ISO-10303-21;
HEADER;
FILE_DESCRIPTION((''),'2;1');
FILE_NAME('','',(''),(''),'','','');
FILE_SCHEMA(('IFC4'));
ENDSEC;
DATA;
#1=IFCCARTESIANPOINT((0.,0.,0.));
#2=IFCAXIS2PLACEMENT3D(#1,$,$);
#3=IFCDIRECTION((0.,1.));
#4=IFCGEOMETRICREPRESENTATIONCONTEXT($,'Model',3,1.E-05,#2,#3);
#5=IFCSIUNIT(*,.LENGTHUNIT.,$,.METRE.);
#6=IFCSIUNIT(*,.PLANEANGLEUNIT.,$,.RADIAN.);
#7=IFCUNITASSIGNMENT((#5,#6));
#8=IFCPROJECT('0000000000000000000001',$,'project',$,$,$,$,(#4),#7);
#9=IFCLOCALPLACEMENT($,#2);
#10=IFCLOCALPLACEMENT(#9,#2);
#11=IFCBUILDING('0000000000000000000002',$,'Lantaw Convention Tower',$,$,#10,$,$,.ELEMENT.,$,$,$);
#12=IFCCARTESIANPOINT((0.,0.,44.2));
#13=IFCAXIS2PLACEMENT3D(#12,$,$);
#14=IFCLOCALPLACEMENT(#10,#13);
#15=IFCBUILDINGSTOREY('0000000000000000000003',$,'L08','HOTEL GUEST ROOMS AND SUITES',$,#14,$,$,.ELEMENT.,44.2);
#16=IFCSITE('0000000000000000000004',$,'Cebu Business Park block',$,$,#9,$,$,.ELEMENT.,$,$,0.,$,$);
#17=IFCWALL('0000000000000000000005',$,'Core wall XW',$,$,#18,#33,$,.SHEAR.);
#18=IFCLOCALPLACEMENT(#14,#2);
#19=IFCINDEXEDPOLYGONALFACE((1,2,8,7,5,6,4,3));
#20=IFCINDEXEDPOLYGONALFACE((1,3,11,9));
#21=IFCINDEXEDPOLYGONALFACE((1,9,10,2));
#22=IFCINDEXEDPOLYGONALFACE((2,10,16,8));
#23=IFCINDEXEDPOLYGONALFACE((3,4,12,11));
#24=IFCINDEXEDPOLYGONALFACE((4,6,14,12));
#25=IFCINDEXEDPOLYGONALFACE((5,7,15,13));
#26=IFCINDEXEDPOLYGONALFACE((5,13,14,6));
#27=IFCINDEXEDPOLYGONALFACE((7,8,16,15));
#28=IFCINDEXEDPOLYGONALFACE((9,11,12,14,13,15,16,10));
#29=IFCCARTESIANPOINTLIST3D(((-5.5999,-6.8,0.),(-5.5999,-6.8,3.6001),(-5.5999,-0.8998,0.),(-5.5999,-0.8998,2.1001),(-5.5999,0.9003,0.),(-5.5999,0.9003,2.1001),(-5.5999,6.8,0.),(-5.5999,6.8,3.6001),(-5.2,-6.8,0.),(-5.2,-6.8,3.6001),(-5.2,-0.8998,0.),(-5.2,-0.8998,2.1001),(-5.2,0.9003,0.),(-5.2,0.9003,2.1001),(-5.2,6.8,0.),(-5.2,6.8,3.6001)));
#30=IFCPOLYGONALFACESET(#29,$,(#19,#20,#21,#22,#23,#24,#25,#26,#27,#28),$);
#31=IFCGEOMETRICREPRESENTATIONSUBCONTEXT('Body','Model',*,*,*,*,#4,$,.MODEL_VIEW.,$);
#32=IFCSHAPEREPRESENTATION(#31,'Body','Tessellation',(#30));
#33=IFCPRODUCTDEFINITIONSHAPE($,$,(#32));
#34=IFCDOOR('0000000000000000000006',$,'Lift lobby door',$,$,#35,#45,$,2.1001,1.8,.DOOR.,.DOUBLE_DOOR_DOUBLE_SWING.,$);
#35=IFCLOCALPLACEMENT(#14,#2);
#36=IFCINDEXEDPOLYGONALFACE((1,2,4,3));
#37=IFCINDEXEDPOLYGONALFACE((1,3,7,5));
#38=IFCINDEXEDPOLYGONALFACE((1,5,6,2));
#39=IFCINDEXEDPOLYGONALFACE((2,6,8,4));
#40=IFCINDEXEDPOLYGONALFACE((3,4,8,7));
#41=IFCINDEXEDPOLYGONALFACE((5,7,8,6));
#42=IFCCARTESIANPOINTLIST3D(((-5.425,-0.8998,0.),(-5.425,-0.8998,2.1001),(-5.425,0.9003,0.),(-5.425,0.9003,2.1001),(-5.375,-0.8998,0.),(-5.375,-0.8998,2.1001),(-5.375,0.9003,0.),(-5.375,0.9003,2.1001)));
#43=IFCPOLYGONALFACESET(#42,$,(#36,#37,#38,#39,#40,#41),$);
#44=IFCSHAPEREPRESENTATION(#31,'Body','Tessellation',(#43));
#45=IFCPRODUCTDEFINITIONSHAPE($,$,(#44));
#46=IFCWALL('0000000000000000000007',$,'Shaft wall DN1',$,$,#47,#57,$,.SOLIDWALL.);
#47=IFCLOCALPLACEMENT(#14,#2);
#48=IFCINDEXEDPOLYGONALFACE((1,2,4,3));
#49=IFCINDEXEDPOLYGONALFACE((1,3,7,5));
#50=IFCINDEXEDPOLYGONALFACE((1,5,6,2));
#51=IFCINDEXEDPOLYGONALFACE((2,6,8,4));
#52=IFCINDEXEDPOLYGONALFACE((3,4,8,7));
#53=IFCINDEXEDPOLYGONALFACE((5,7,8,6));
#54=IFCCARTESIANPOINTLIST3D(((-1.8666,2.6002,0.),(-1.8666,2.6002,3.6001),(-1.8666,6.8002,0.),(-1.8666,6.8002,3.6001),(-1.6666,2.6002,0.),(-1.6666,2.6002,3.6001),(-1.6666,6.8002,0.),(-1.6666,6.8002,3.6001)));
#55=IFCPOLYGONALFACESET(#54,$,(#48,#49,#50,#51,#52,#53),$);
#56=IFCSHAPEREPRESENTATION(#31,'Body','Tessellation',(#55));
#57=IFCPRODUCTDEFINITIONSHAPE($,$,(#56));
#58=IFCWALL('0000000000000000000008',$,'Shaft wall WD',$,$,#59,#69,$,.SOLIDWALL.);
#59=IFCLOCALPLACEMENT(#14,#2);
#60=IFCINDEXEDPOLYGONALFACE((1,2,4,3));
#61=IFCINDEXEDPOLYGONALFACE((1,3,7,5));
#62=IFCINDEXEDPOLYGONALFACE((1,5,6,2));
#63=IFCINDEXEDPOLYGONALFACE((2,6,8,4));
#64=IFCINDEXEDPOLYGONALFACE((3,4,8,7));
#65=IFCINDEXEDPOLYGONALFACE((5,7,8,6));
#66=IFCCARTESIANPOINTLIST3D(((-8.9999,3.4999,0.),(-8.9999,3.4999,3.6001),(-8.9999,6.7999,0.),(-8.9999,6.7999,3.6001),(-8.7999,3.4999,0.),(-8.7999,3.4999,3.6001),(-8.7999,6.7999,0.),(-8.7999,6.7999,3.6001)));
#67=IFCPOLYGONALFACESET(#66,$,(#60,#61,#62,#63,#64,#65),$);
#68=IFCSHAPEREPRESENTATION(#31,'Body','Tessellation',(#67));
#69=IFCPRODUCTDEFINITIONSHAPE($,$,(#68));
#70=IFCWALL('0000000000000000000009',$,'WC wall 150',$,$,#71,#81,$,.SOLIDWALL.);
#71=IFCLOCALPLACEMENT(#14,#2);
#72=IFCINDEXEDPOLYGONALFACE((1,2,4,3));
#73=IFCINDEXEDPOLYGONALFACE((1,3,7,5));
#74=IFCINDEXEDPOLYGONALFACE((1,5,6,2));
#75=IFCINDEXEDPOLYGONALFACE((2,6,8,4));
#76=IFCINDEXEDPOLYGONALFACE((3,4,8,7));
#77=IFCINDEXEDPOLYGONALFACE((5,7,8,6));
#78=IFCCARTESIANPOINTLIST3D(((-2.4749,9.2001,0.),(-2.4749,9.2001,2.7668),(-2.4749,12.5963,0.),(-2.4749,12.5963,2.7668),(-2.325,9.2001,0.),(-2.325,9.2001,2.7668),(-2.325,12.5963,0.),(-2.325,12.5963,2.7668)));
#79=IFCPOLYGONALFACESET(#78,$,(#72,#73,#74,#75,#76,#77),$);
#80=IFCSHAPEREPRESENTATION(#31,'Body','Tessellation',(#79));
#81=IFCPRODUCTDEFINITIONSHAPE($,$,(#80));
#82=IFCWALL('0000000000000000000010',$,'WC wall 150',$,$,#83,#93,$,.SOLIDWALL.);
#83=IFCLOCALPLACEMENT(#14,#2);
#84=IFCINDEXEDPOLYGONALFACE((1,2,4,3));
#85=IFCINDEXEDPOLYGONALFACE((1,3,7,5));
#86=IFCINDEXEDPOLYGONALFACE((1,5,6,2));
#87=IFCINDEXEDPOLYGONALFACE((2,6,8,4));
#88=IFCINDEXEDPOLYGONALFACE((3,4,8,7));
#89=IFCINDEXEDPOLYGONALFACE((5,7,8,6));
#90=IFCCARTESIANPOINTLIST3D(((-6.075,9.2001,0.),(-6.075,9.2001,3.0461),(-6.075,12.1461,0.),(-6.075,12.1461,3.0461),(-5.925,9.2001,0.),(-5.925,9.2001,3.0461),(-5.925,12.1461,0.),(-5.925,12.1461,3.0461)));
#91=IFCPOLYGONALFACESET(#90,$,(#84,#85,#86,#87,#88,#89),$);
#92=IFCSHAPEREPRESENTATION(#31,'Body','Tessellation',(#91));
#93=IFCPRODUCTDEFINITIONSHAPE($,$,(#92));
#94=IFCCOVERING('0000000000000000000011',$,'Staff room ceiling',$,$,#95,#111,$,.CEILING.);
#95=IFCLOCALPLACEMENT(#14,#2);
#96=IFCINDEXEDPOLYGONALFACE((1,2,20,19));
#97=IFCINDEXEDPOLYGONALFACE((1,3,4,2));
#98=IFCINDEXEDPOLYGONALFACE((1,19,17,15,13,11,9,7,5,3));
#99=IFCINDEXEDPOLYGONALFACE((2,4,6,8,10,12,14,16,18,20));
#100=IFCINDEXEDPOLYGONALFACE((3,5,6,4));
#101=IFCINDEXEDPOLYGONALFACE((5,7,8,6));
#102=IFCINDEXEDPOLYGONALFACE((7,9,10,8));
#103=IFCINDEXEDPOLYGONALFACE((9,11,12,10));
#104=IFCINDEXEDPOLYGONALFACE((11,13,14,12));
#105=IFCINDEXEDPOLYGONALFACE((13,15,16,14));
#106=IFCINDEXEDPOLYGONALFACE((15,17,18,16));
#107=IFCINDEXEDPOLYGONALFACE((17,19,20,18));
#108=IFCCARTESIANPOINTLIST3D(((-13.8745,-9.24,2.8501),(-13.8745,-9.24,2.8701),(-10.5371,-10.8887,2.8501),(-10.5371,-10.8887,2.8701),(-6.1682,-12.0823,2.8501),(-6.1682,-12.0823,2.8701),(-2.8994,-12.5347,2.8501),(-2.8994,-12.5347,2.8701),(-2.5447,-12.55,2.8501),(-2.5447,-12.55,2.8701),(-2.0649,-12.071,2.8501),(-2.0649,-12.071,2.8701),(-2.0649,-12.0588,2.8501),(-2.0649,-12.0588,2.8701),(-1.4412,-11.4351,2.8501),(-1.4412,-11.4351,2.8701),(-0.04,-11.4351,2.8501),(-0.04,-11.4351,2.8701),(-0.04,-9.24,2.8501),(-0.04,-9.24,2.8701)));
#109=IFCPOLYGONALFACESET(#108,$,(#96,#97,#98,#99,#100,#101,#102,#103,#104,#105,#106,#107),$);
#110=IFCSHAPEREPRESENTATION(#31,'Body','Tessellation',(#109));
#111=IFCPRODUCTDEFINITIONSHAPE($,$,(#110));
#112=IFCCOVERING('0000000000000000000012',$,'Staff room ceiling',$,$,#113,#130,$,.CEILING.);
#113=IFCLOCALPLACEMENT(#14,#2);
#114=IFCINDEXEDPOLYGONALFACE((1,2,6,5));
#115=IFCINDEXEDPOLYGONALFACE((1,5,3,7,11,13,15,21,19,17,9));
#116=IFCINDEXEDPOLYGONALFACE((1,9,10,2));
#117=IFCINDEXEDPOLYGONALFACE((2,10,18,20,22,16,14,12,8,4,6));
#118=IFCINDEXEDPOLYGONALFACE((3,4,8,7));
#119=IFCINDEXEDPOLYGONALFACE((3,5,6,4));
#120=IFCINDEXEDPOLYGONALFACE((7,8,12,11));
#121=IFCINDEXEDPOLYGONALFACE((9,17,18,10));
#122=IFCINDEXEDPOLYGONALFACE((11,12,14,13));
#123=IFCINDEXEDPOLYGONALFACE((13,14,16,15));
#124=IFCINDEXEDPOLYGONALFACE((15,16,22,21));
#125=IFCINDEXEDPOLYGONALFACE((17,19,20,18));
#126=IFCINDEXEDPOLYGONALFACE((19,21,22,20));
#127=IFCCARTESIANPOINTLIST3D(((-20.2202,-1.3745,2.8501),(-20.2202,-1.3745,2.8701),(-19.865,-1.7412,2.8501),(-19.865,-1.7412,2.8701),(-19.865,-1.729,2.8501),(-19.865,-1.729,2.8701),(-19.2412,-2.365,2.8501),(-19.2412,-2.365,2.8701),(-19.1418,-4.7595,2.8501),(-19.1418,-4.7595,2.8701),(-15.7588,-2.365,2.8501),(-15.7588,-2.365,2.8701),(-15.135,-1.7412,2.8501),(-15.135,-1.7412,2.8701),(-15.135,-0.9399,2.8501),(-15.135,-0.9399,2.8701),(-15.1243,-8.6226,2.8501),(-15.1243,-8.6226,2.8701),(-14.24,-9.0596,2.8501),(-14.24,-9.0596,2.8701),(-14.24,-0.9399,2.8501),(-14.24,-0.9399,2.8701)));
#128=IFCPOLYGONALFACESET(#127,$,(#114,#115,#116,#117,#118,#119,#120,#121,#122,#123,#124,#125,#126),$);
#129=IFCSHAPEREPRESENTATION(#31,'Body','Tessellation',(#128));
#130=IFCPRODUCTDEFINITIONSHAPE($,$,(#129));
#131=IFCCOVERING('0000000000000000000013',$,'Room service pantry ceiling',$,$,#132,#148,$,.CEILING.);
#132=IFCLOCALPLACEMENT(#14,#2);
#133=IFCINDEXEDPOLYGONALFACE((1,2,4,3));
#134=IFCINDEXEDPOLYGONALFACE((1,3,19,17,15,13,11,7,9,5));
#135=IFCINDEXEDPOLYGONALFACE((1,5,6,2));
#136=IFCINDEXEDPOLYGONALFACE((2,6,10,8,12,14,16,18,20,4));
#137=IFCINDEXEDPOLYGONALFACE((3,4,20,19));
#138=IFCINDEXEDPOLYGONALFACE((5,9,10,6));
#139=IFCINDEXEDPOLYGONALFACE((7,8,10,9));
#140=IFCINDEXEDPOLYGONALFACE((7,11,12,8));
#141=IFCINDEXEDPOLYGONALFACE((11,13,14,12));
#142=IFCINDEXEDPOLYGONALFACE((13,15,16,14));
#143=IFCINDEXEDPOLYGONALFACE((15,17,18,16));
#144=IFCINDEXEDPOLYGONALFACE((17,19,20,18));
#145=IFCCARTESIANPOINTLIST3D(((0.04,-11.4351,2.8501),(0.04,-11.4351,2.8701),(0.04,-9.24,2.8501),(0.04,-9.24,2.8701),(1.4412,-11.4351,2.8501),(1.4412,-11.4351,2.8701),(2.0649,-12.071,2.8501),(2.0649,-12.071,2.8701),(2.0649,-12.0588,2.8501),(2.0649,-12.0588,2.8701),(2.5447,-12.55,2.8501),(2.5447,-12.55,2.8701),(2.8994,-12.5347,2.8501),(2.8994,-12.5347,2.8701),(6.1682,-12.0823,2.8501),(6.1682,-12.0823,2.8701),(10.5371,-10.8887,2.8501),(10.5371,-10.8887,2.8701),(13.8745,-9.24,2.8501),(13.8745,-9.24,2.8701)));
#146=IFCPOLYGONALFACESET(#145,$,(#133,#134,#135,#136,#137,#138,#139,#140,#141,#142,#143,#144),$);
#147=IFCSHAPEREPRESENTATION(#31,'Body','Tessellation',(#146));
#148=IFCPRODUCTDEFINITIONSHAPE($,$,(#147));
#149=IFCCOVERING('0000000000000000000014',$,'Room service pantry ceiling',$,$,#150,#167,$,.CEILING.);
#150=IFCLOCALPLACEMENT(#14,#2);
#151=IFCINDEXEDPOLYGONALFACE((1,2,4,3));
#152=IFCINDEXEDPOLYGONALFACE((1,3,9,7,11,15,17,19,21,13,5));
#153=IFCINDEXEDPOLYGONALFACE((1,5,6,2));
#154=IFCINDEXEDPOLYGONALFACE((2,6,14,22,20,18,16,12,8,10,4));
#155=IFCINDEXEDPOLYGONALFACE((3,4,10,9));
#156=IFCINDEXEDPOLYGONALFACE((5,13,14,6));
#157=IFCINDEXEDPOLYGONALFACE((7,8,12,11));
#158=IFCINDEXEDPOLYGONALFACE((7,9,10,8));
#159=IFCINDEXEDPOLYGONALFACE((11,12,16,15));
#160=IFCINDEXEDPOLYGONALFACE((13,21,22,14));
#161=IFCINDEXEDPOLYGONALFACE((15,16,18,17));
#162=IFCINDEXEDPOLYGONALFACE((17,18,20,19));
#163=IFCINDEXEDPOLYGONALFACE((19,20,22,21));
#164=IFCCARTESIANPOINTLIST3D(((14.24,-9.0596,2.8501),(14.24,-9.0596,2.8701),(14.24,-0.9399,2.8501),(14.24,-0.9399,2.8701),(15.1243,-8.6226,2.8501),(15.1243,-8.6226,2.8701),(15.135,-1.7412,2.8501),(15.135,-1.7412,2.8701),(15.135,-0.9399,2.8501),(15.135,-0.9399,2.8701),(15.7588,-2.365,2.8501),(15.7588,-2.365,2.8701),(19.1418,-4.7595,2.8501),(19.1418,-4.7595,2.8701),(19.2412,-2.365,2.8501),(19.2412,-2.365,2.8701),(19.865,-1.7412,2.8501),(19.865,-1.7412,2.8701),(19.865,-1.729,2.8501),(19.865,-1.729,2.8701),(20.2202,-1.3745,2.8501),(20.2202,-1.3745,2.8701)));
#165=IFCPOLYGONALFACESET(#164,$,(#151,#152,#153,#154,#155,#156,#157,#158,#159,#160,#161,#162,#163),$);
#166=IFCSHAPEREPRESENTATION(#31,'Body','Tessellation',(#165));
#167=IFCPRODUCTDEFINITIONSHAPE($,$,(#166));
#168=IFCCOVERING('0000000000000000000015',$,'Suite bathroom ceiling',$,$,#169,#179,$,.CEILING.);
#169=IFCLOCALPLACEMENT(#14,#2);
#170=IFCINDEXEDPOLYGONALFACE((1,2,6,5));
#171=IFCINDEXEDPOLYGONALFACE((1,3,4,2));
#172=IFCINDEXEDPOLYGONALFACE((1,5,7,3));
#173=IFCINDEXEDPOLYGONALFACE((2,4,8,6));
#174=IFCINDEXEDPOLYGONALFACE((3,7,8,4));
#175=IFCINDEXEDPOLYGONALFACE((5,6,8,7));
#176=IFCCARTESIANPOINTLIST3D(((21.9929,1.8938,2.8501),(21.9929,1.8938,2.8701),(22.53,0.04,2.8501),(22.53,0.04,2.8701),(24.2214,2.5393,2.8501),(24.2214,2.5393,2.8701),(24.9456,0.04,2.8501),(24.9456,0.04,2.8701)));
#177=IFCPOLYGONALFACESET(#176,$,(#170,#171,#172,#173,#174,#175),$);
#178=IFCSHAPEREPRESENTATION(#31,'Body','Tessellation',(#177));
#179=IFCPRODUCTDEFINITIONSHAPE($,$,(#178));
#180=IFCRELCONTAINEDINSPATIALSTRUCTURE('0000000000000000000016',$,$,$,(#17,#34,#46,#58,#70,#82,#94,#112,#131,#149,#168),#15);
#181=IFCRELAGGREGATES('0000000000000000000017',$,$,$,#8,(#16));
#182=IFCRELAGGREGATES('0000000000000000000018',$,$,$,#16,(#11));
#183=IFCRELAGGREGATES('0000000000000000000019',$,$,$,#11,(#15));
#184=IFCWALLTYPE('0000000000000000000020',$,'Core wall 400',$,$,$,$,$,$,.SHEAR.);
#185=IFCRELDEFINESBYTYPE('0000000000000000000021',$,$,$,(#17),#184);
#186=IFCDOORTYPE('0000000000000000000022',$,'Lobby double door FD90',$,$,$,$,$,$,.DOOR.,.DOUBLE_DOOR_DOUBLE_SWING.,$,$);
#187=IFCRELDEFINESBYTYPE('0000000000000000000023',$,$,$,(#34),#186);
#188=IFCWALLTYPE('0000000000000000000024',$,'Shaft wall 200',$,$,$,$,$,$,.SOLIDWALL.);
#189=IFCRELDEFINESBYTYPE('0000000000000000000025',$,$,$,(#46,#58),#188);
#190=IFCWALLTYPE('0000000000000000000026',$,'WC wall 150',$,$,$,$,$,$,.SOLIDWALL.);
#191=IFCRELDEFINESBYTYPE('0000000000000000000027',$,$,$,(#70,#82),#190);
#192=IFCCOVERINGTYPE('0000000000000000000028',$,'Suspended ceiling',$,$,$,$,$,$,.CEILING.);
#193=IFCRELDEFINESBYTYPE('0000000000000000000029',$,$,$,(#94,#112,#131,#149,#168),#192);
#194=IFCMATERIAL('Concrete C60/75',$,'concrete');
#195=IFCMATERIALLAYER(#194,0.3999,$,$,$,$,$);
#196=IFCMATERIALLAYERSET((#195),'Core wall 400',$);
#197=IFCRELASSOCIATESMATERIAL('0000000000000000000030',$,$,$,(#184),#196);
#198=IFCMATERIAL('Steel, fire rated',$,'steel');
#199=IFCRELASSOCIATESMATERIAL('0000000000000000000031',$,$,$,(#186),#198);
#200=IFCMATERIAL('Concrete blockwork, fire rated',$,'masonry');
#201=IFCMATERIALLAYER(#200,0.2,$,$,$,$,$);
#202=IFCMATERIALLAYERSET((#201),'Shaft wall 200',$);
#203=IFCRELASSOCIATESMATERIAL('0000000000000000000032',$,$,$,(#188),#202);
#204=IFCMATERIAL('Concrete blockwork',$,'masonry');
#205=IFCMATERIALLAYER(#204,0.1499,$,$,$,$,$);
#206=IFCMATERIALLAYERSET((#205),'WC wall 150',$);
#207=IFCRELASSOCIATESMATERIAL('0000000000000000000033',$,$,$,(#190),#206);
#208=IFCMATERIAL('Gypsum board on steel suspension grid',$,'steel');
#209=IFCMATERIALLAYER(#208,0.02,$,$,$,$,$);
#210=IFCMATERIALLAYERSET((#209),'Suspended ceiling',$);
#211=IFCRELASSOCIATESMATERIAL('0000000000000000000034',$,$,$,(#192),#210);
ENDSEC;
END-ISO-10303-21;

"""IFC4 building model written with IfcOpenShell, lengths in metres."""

from ifc_helpers import new_model, si_unit, direction, frame, frame_2d, origin, place, context, subcontext, project, spatial, polyline, rectangle, outline, extrude, material, layer, layer_set, type_object, element, fill, save


model = new_model("IFC4")

# Units and contexts
model_context = context("Model", 3, precision=1e-05, world=origin(), true_north=direction((0.0, 1.0)))
body_context = subcontext(model_context, "Body", "Model", "MODEL_VIEW")
ifc_project = project(units=[si_unit("LENGTHUNIT", "METRE"), si_unit("PLANEANGLEUNIT", "RADIAN")], contexts=[model_context])

# Site, building, storey
site_placement = place(None, origin())
site = spatial("IfcSite", under=ifc_project, at=site_placement, Name="Cebu Business Park block", CompositionType="ELEMENT", RefElevation=0.0)
building_placement = place(site_placement, origin())
building = spatial("IfcBuilding", under=site, at=building_placement, Name="Lantaw Convention Tower", CompositionType="ELEMENT")
storey_placement = place(building_placement, frame((0.0, 0.0, 44.2)))
storey = spatial("IfcBuildingStorey", under=building, at=storey_placement, Name="L08", Description="HOTEL GUEST ROOMS AND SUITES", CompositionType="ELEMENT", Elevation=44.2)

# Wall, opening, door
ifc_material_1 = material(Name="Concrete C60/75", Category="concrete")
ifc_layer_1 = layer(ifc_material_1, 0.3999)
ifc_layer_set_1 = layer_set([ifc_layer_1], Name="Core wall 400")
wall_type_1 = type_object("IfcWallType", Name="Core wall 400", PredefinedType="SHEAR", material=ifc_layer_set_1)
wall_1_placement = place(storey_placement, frame((-5.3999, 6.8, 0.0), z_axis=(0.0, 0.0, 1.0), x_axis=(0.0, -1.0, 0.0)))
wall_1 = element("IfcWall", 1, at=wall_1_placement, inside=storey, type_object=wall_type_1, Name="Core wall XW", PredefinedType="SHEAR", context=body_context, shape_type="SweptSolid", body=[
    extrude(rectangle(XDim=13.6001, YDim=0.3999, at=frame_2d((6.8, 0.0))), origin(), (0.0, 0.0, 1.0), 3.6001),
])
opening_placement = place(wall_1_placement, frame((5.8999, 0.0, 0.0)))
opening = element("IfcOpeningElement", 2, at=opening_placement, cuts=wall_1, PredefinedType="OPENING", context=body_context, shape_type="SweptSolid", body=[
    extrude(rectangle(XDim=1.8, YDim=2.1001, at=frame_2d((0.8999, 1.05))), frame((0.0, 0.21, 0.0), z_axis=(0.0, -1.0, 0.0), x_axis=(1.0, 0.0, 0.0)), (0.0, 0.0, 1.0), 0.4199),
])
ifc_material_2 = material(Name="Steel, fire rated", Category="steel")
door_type = type_object("IfcDoorType", Name="Lobby double door FD90", OperationType="DOUBLE_DOOR_DOUBLE_SWING", PredefinedType="DOOR", material=ifc_material_2)
door_placement = place(opening_placement, origin())
door = element("IfcDoor", 3, at=door_placement, inside=storey, type_object=door_type, Name="Lift lobby door", OperationType="DOUBLE_DOOR_DOUBLE_SWING", OverallHeight=2.1001, OverallWidth=1.8, PredefinedType="DOOR", context=body_context, shape_type="SweptSolid", body=[
    extrude(rectangle(XDim=1.8, YDim=2.1001, at=frame_2d((0.8999, 1.05))), frame((0.0, 0.0249, 0.0), z_axis=(0.0, -1.0, 0.0), x_axis=(1.0, 0.0, 0.0)), (0.0, 0.0, 1.0), 0.05),
])
fill(opening, door)

# Walls
ifc_material_3 = material(Name="Concrete blockwork, fire rated", Category="masonry")
ifc_layer_2 = layer(ifc_material_3, 0.2)
ifc_layer_set_2 = layer_set([ifc_layer_2], Name="Shaft wall 200")
wall_type_2 = type_object("IfcWallType", Name="Shaft wall 200", PredefinedType="SOLIDWALL", material=ifc_layer_set_2)
wall_2_placement = place(storey_placement, frame((-1.7666, 2.6001, 0.0), z_axis=(0.0, 0.0, 1.0), x_axis=(0.0, 1.0, 0.0)))
element("IfcWall", 4, at=wall_2_placement, inside=storey, type_object=wall_type_2, Name="Shaft wall DN1", PredefinedType="SOLIDWALL", context=body_context, shape_type="SweptSolid", body=[
    extrude(rectangle(XDim=4.2, YDim=0.2, at=frame_2d((2.1001, 0.0))), origin(), (0.0, 0.0, 1.0), 3.6001),
])
wall_3_placement = place(storey_placement, frame((-8.8999, 3.5, 0.0), z_axis=(0.0, 0.0, 1.0), x_axis=(0.0, 1.0, 0.0)))
element("IfcWall", 5, at=wall_3_placement, inside=storey, type_object=wall_type_2, Name="Shaft wall WD", PredefinedType="SOLIDWALL", context=body_context, shape_type="SweptSolid", body=[
    extrude(rectangle(XDim=3.3, YDim=0.2, at=frame_2d((1.6499, 0.0))), origin(), (0.0, 0.0, 1.0), 3.6001),
])
ifc_material_4 = material(Name="Concrete blockwork", Category="masonry")
ifc_layer_3 = layer(ifc_material_4, 0.1499)
ifc_layer_set_3 = layer_set([ifc_layer_3], Name="WC wall 150")
wall_type_3 = type_object("IfcWallType", Name="WC wall 150", PredefinedType="SOLIDWALL", material=ifc_layer_set_3)
wall_4_placement = place(storey_placement, frame((-2.3999, 9.2, 0.0), z_axis=(0.0, 0.0, 1.0), x_axis=(0.0, 1.0, 0.0)))
element("IfcWall", 6, at=wall_4_placement, inside=storey, type_object=wall_type_3, Name="WC wall 150", PredefinedType="SOLIDWALL", context=body_context, shape_type="SweptSolid", body=[
    extrude(rectangle(XDim=3.3962, YDim=0.1499, at=frame_2d((1.6982, 0.0))), origin(), (0.0, 0.0, 1.0), 2.7668),
])
wall_5_placement = place(storey_placement, frame((-6.0, 9.2, 0.0), z_axis=(0.0, 0.0, 1.0), x_axis=(0.0, 1.0, 0.0)))
element("IfcWall", 7, at=wall_5_placement, inside=storey, type_object=wall_type_3, Name="WC wall 150", PredefinedType="SOLIDWALL", context=body_context, shape_type="SweptSolid", body=[
    extrude(rectangle(XDim=2.946, YDim=0.1499, at=frame_2d((1.4731, 0.0))), origin(), (0.0, 0.0, 1.0), 3.0461),
])

# Coverings
ifc_material_5 = material(Name="Gypsum board on steel suspension grid", Category="steel")
ifc_layer_4 = layer(ifc_material_5, 0.02)
ifc_layer_set_4 = layer_set([ifc_layer_4], Name="Suspended ceiling")
covering_type = type_object("IfcCoveringType", Name="Suspended ceiling", PredefinedType="CEILING", material=ifc_layer_set_4)
covering_1_placement = place(storey_placement, frame((0.0, 0.0, 2.8501)))
element("IfcCovering", 8, at=covering_1_placement, inside=storey, type_object=covering_type, Name="Staff room ceiling", PredefinedType="CEILING", context=body_context, shape_type="SweptSolid", body=[
    extrude(outline(polyline([(-10.5371, -10.8887), (-6.1682, -12.0823), (-2.8994, -12.5347), (-2.5447, -12.55), (-2.0649, -12.071), (-2.0649, -12.0588), (-1.4412, -11.4351), (-0.04, -11.4351), (-0.04, -9.24), (-13.8745, -9.24), (-10.5371, -10.8887)])), origin(), (0.0, 0.0, 1.0), 0.02),
])
covering_2_placement = place(storey_placement, frame((0.0, 0.0, 2.8501)))
element("IfcCovering", 9, at=covering_2_placement, inside=storey, type_object=covering_type, Name="Staff room ceiling", PredefinedType="CEILING", context=body_context, shape_type="SweptSolid", body=[
    extrude(outline(polyline([(-19.865, -1.7412), (-19.865, -1.729), (-20.2202, -1.3745), (-19.1418, -4.7595), (-15.1243, -8.6226), (-14.24, -9.0596), (-14.24, -0.9399), (-15.135, -0.9399), (-15.135, -1.7412), (-15.7588, -2.365), (-19.2412, -2.365), (-19.865, -1.7412)])), origin(), (0.0, 0.0, 1.0), 0.02),
])
covering_3_placement = place(storey_placement, frame((0.0, 0.0, 2.8501)))
element("IfcCovering", 10, at=covering_3_placement, inside=storey, type_object=covering_type, Name="Room service pantry ceiling", PredefinedType="CEILING", context=body_context, shape_type="SweptSolid", body=[
    extrude(outline(polyline([(2.0649, -12.071), (2.5447, -12.55), (2.8994, -12.5347), (6.1682, -12.0823), (10.5371, -10.8887), (13.8745, -9.24), (0.04, -9.24), (0.04, -11.4351), (1.4412, -11.4351), (2.0649, -12.0588), (2.0649, -12.071)])), origin(), (0.0, 0.0, 1.0), 0.02),
])
covering_4_placement = place(storey_placement, frame((0.0, 0.0, 2.8501)))
element("IfcCovering", 11, at=covering_4_placement, inside=storey, type_object=covering_type, Name="Room service pantry ceiling", PredefinedType="CEILING", context=body_context, shape_type="SweptSolid", body=[
    extrude(outline(polyline([(14.24, -0.9399), (14.24, -9.0596), (15.1243, -8.6226), (19.1418, -4.7595), (20.2202, -1.3745), (19.865, -1.729), (19.865, -1.7412), (19.2412, -2.365), (15.7588, -2.365), (15.135, -1.7412), (15.135, -0.9399), (14.24, -0.9399)])), origin(), (0.0, 0.0, 1.0), 0.02),
])
covering_5_placement = place(storey_placement, frame((0.0, 0.0, 2.8501)))
element("IfcCovering", 12, at=covering_5_placement, inside=storey, type_object=covering_type, Name="Suite bathroom ceiling", PredefinedType="CEILING", context=body_context, shape_type="SweptSolid", body=[
    extrude(outline(polyline([(22.53, 0.04), (24.9456, 0.04), (24.2214, 2.5393), (21.9929, 1.8938), (22.53, 0.04)])), origin(), (0.0, 0.0, 1.0), 0.02),
])

save(model, "model.ifc")
